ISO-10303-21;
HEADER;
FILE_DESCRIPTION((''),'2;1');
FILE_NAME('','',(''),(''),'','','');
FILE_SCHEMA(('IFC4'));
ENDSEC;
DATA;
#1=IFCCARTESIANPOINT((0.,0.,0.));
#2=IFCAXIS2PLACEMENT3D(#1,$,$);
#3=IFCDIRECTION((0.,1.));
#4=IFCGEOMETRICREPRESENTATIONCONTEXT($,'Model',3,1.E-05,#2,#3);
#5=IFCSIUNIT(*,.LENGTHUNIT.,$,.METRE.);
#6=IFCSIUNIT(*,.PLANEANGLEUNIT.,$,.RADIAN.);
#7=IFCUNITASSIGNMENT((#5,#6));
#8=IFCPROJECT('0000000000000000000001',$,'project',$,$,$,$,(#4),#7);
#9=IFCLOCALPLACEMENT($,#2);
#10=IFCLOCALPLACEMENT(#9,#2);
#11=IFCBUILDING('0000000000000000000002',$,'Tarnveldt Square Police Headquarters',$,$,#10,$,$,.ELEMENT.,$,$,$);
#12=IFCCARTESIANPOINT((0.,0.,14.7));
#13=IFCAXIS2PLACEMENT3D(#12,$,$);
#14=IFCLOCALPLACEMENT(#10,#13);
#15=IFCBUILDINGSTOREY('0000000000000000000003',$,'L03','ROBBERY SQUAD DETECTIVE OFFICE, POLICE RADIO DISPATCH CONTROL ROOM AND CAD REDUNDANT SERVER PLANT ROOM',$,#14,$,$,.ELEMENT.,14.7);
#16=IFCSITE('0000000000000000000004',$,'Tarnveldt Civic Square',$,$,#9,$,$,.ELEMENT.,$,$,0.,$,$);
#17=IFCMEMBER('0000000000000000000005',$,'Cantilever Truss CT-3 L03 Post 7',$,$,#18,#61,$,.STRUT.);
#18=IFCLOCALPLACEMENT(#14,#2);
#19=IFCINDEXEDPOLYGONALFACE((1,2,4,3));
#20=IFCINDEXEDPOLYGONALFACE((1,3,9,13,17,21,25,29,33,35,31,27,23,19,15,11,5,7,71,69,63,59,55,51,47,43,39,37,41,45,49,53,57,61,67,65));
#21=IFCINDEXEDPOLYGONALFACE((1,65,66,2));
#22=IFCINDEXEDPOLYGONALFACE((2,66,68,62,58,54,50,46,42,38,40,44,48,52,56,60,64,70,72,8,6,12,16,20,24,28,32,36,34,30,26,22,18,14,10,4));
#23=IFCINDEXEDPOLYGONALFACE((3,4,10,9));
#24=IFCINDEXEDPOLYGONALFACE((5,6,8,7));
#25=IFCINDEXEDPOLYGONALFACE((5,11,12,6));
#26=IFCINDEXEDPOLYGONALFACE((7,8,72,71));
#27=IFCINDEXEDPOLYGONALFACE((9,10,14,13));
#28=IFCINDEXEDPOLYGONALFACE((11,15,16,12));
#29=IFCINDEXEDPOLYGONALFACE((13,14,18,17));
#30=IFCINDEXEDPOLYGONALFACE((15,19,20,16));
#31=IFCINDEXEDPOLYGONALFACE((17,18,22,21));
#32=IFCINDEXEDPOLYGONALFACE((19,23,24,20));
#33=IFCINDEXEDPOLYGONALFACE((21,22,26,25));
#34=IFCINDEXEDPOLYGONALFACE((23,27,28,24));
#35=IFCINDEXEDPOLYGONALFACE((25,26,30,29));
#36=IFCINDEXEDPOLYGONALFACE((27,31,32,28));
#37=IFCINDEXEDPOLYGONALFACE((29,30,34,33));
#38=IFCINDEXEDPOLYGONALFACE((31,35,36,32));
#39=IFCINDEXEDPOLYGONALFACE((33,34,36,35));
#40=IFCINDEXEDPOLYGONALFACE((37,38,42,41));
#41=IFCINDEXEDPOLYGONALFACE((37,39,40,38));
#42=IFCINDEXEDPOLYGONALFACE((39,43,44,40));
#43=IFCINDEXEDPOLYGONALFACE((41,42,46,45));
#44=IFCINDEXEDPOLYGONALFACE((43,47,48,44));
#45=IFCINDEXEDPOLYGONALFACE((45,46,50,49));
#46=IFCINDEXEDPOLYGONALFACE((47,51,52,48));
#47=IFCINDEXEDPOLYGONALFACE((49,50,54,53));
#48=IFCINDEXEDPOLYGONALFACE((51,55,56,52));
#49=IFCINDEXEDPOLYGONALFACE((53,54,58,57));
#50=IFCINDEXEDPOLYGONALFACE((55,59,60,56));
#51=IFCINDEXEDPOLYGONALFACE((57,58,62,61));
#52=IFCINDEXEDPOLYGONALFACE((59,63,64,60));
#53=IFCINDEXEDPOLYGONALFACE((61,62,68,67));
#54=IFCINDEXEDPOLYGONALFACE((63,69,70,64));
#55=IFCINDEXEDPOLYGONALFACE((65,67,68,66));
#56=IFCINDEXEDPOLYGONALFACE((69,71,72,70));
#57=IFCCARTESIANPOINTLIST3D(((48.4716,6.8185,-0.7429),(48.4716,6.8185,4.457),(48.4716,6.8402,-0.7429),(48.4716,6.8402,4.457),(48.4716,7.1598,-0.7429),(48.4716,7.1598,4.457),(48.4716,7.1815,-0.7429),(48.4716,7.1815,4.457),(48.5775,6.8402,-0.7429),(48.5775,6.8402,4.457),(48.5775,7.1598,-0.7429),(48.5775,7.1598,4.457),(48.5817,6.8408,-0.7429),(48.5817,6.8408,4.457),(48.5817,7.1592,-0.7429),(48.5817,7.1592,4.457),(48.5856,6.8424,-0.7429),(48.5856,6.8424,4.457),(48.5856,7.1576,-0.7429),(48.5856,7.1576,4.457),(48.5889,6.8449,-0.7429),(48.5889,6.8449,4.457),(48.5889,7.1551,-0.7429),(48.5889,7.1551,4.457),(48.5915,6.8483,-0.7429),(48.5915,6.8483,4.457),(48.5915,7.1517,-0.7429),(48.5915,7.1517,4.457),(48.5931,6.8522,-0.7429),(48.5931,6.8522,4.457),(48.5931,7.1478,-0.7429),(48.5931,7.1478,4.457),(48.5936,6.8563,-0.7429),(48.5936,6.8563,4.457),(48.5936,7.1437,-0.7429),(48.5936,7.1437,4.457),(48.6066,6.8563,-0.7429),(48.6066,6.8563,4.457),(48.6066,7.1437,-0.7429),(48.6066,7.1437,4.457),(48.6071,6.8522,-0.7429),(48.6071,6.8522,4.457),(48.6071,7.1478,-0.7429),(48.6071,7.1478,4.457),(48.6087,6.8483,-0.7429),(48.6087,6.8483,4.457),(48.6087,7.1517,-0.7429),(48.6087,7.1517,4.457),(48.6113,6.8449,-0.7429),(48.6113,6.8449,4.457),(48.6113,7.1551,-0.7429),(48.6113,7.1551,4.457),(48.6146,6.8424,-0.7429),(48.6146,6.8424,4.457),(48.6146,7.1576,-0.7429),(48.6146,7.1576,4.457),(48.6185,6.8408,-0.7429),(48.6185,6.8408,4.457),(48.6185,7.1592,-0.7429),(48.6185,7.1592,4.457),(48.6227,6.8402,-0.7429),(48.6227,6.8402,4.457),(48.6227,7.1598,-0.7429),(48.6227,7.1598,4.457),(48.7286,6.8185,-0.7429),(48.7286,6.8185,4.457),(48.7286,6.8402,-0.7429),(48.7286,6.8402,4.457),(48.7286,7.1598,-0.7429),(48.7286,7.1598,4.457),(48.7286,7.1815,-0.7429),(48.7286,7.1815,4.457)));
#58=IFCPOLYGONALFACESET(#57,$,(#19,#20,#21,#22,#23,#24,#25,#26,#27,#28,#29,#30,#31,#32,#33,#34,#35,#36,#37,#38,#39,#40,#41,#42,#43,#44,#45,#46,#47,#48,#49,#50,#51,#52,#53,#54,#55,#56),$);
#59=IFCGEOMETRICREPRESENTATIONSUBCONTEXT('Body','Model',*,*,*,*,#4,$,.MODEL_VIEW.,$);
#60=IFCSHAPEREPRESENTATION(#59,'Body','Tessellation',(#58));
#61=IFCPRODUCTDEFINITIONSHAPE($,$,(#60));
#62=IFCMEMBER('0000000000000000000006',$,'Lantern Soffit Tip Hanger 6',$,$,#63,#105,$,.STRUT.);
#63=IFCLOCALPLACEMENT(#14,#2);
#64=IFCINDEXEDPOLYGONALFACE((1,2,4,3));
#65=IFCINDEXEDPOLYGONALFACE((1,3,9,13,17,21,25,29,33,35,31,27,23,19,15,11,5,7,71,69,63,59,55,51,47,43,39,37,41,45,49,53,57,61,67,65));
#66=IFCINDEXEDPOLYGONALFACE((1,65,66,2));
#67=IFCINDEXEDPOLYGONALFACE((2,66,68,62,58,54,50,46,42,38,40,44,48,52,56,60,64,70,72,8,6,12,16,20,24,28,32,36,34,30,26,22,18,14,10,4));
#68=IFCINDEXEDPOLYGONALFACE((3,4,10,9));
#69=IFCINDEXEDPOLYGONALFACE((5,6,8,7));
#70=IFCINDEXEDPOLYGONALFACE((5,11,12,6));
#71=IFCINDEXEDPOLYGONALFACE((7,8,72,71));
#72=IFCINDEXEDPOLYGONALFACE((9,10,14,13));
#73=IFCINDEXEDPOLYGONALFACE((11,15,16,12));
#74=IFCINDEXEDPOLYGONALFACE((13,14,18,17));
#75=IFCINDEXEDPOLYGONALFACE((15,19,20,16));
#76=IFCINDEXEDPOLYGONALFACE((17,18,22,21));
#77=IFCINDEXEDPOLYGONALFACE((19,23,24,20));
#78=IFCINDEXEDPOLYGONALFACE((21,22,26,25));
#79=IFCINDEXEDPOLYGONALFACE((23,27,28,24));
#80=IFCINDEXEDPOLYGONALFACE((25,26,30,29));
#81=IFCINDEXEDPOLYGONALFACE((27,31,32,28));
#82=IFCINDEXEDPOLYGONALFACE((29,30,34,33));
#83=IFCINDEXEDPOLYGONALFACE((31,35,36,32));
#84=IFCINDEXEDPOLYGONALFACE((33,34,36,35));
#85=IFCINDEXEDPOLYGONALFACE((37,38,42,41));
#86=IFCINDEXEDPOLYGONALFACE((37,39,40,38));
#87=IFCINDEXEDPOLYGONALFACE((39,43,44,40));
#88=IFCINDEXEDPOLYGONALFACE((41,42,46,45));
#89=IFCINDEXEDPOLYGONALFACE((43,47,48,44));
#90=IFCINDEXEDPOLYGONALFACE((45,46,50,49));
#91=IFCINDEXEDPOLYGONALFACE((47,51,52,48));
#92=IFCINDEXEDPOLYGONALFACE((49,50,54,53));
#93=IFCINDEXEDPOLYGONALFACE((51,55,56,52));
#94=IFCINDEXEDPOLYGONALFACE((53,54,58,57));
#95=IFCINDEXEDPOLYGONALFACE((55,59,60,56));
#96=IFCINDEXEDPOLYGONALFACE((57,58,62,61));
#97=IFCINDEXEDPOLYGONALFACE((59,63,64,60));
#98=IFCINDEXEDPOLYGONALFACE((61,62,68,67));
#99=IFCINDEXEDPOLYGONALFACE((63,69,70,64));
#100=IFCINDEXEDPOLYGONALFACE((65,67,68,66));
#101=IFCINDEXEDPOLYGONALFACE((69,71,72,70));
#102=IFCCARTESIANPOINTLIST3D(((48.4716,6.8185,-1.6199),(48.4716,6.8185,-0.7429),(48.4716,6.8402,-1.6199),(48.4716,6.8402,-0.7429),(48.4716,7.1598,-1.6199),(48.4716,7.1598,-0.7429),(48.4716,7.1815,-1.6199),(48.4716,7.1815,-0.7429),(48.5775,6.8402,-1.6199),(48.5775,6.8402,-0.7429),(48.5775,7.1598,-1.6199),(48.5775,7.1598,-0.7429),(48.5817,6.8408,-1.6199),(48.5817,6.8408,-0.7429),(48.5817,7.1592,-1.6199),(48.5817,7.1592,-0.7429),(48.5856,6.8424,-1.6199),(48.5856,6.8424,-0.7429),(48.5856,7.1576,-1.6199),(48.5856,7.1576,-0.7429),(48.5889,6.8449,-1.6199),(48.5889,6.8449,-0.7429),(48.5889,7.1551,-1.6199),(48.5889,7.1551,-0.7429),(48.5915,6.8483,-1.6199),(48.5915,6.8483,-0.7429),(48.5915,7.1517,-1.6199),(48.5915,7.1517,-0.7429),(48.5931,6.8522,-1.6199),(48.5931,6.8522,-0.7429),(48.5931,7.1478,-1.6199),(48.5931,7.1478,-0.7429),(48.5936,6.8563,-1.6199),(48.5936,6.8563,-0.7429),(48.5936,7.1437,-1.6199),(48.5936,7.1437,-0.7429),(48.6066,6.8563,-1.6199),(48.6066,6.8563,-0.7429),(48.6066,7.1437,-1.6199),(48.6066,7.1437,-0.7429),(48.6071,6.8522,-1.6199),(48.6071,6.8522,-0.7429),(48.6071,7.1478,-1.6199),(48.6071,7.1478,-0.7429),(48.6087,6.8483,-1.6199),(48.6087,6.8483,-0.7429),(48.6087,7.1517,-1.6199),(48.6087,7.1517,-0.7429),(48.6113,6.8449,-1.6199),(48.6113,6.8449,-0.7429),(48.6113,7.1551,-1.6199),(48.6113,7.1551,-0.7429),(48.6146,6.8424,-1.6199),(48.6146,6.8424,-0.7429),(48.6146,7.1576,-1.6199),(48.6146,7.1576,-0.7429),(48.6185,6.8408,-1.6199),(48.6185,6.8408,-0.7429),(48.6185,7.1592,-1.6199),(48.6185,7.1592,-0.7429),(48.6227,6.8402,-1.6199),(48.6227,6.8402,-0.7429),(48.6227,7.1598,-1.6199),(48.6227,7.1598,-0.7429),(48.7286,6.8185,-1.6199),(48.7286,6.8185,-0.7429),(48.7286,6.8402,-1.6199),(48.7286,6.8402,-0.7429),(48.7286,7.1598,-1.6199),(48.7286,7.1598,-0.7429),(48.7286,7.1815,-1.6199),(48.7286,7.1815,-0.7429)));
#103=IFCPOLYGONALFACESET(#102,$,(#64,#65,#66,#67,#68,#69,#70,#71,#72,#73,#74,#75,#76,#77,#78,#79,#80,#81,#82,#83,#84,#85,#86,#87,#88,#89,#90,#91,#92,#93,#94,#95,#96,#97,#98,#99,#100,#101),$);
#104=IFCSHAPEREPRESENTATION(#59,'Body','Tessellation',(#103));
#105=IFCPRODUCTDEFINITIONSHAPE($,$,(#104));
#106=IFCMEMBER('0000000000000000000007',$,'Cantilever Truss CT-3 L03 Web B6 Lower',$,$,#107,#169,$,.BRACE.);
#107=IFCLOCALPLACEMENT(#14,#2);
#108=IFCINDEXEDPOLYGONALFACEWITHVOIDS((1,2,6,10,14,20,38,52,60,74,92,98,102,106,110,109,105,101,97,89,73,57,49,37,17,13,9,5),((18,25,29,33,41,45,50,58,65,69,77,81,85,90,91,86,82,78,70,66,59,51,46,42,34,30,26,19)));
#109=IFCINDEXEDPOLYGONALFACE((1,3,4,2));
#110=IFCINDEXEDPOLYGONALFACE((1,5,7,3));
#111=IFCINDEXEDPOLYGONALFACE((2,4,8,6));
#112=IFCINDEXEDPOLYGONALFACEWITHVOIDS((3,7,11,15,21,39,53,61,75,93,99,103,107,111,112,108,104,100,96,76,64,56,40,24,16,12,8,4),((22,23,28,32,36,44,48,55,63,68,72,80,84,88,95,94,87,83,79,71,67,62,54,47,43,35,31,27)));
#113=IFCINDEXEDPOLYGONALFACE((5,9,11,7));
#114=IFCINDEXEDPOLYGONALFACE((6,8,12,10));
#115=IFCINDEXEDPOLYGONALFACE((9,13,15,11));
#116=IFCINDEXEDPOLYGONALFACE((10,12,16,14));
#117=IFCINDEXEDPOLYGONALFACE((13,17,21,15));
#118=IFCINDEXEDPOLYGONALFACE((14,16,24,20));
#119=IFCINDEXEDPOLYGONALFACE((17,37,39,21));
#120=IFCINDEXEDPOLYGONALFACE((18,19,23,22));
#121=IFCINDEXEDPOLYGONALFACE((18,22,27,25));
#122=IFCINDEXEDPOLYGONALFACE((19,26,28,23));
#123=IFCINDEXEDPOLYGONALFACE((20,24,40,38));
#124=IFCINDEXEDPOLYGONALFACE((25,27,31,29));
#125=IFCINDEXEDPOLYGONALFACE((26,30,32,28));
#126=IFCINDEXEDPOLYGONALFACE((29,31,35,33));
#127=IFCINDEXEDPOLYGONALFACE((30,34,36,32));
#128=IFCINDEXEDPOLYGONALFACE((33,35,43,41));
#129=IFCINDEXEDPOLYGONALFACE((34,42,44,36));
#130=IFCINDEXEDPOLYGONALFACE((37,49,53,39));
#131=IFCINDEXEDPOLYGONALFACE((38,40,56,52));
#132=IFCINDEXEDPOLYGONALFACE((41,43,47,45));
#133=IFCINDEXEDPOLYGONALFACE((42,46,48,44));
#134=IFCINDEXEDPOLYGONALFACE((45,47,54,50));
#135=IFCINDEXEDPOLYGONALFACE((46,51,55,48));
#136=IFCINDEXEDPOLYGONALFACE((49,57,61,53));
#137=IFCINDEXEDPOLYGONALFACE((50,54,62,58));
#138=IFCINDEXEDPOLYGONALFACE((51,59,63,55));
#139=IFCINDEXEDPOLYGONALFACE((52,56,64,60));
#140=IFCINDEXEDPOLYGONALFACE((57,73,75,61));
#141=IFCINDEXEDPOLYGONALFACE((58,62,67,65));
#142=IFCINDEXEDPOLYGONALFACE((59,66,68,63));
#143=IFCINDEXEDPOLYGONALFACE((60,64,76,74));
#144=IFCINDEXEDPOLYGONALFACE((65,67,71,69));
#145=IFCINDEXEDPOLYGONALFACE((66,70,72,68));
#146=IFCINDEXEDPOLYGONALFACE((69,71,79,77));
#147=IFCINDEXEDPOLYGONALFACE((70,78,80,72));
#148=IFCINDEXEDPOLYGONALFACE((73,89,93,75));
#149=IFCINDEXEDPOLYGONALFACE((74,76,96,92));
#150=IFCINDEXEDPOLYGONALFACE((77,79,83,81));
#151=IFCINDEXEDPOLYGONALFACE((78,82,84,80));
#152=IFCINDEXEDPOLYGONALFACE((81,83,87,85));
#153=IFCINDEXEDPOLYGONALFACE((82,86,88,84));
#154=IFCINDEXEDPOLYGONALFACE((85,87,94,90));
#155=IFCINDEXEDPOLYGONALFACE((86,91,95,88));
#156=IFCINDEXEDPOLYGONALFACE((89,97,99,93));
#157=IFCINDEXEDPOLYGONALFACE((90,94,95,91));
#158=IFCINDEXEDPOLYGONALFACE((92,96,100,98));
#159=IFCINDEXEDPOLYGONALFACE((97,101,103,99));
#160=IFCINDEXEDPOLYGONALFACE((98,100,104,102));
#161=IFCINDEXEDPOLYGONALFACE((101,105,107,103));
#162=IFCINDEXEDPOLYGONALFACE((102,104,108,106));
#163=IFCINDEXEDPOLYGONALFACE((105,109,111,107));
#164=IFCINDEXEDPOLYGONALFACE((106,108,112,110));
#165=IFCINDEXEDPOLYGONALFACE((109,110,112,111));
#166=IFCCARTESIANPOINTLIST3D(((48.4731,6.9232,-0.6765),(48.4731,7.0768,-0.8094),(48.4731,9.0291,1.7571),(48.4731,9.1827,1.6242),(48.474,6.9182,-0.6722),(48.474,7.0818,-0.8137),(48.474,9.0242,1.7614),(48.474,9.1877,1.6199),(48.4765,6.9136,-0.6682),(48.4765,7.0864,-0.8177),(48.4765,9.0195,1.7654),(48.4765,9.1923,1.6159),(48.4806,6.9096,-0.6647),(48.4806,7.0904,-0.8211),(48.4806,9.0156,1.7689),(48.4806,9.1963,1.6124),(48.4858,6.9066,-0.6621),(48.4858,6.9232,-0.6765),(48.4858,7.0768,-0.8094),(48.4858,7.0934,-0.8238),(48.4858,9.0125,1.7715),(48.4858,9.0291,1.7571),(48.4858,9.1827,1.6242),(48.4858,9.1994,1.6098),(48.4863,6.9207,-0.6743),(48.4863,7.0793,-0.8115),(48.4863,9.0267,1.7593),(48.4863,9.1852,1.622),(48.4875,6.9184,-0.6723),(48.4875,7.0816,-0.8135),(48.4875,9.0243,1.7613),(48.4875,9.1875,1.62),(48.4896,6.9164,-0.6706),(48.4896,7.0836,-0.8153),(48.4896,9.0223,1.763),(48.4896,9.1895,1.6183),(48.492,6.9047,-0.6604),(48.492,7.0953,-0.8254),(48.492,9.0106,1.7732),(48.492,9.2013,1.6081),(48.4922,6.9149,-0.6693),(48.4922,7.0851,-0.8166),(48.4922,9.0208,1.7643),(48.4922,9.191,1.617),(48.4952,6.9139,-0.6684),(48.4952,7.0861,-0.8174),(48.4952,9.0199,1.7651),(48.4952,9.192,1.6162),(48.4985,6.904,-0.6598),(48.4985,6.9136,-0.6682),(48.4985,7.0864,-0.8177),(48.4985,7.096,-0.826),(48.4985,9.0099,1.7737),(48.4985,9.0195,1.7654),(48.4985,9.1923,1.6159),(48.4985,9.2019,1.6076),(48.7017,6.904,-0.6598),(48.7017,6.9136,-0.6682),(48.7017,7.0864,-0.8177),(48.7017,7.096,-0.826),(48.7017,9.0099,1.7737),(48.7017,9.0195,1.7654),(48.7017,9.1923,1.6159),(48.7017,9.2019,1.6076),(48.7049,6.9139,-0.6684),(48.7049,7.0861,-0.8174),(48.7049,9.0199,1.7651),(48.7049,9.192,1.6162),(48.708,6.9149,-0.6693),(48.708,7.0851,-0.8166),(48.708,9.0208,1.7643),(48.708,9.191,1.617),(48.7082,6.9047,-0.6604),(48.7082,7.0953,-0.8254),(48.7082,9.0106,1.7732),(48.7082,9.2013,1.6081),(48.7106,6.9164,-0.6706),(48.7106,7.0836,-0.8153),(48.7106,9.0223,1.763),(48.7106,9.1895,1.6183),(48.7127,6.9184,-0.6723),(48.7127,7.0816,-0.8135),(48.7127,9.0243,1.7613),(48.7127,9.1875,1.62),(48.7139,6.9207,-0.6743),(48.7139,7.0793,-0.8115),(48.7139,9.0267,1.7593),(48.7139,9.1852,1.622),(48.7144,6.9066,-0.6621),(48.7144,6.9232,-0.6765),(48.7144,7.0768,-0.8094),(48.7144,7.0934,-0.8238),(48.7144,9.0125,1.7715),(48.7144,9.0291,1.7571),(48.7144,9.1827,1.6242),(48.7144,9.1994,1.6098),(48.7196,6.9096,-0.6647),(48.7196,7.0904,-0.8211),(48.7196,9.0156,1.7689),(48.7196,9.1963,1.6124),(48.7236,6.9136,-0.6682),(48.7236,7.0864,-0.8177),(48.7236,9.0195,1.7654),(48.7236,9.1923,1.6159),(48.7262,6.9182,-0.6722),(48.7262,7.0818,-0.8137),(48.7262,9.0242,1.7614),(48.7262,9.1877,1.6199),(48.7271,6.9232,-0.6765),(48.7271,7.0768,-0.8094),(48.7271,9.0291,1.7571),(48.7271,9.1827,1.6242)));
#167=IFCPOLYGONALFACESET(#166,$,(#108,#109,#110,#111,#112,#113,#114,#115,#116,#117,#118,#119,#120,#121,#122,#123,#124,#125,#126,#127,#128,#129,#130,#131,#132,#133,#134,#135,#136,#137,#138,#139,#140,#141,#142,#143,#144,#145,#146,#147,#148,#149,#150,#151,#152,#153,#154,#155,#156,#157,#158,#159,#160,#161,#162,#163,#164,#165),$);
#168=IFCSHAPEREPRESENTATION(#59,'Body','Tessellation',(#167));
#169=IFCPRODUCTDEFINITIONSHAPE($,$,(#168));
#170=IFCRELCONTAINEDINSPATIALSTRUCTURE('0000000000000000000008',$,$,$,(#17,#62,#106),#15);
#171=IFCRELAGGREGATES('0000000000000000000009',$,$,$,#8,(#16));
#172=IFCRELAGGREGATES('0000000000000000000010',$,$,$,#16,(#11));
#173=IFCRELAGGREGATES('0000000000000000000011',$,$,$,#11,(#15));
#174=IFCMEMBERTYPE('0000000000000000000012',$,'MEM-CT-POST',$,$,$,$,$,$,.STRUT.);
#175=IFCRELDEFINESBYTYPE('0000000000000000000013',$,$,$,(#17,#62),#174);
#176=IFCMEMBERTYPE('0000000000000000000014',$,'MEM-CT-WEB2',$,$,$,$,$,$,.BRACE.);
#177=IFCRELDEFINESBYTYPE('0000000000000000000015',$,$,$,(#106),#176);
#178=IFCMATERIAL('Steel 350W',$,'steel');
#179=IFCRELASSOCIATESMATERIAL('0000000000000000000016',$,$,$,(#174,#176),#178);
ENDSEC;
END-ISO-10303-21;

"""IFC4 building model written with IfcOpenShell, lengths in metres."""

from ifc_helpers import new_model, si_unit, direction, frame, origin, origin_2d, place, context, subcontext, project, spatial, hollow_rectangle, i_section, extrude, material, material_profile, profile_set, type_object, element, save


model = new_model("IFC4")

# Units and contexts
model_context = context("Model", 3, precision=1e-05, world=origin(), true_north=direction((0.0, 1.0)))
body_context = subcontext(model_context, "Body", "Model", "MODEL_VIEW")
ifc_project = project(units=[si_unit("LENGTHUNIT", "METRE"), si_unit("PLANEANGLEUNIT", "RADIAN")], contexts=[model_context])

# Site, building, storey
site_placement = place(None, origin())
site = spatial("IfcSite", under=ifc_project, at=site_placement, Name="Tarnveldt Civic Square", CompositionType="ELEMENT", RefElevation=0.0)
building_placement = place(site_placement, origin())
building = spatial("IfcBuilding", under=site, at=building_placement, Name="Tarnveldt Square Police Headquarters", CompositionType="ELEMENT")
storey_placement = place(building_placement, frame((0.0, 0.0, 14.7)))
storey = spatial("IfcBuildingStorey", under=building, at=storey_placement, Name="L03", Description="ROBBERY SQUAD DETECTIVE OFFICE, POLICE RADIO DISPATCH CONTROL ROOM AND CAD REDUNDANT SERVER PLANT ROOM", CompositionType="ELEMENT", Elevation=14.7)

# Shared definitions
ifc_material_1 = material(Name="Steel 350W", Category="steel")

# Members
ifc_material_profile_1 = material_profile(ifc_material_1, i_section(OverallWidth=0.2571, OverallDepth=0.363, WebThickness=0.0129, FlangeThickness=0.0217, FilletRadius=0.0161, at=origin_2d()), Name="W360x122")
ifc_profile_set_1 = profile_set([ifc_material_profile_1], Name="Steel 350W")
member_type_1 = type_object("IfcMemberType", Name="MEM-CT-POST", PredefinedType="STRUT", material=ifc_profile_set_1)
member_1_placement = place(storey_placement, frame((48.6001, 7.0, -0.7429), z_axis=(0.0, 0.0, 1.0), x_axis=(1.0, 0.0, 0.0)))
element("IfcMember", 1, at=member_1_placement, inside=storey, type_object=member_type_1, Name="Cantilever Truss CT-3 L03 Post 7", PredefinedType="STRUT", context=body_context, shape_type="SweptSolid", body=[
    extrude(i_section(OverallWidth=0.2571, OverallDepth=0.363, WebThickness=0.0129, FlangeThickness=0.0217, FilletRadius=0.0161, at=origin_2d()), origin(), (0.0, 0.0, 1.0), 5.2),
])
member_2_placement = place(storey_placement, frame((48.6001, 7.0, -1.6199), z_axis=(0.0, 0.0, 1.0), x_axis=(1.0, 0.0, 0.0)))
element("IfcMember", 2, at=member_2_placement, inside=storey, type_object=member_type_1, Name="Lantern Soffit Tip Hanger 6", PredefinedType="STRUT", context=body_context, shape_type="SweptSolid", body=[
    extrude(i_section(OverallWidth=0.2571, OverallDepth=0.363, WebThickness=0.0129, FlangeThickness=0.0217, FilletRadius=0.0161, at=origin_2d()), origin(), (0.0, 0.0, 1.0), 0.877),
])
ifc_material_profile_2 = material_profile(ifc_material_1, hollow_rectangle(XDim=0.2539, YDim=0.2539, WallThickness=0.0127, InnerFilletRadius=0.0127, OuterFilletRadius=0.0254, at=origin_2d()), Name="HSS254x254x13")
ifc_profile_set_2 = profile_set([ifc_material_profile_2], Name="Steel 350W")
member_type_2 = type_object("IfcMemberType", Name="MEM-CT-WEB2", PredefinedType="BRACE", material=ifc_profile_set_2)
member_3_placement = place(storey_placement, frame((48.6001, 7.0, -0.7429), z_axis=(0.0, 0.65437, 0.756174), x_axis=(-1.0, 0.0, 0.0)))
element("IfcMember", 3, at=member_3_placement, inside=storey, type_object=member_type_2, Name="Cantilever Truss CT-3 L03 Web B6 Lower", PredefinedType="BRACE", context=body_context, shape_type="SweptSolid", body=[
    extrude(hollow_rectangle(XDim=0.2539, YDim=0.2539, WallThickness=0.0127, InnerFilletRadius=0.0127, OuterFilletRadius=0.0254, at=origin_2d()), origin(), (0.0, 0.0, 1.0), 3.2183),
])

save(model, "model.ifc")
